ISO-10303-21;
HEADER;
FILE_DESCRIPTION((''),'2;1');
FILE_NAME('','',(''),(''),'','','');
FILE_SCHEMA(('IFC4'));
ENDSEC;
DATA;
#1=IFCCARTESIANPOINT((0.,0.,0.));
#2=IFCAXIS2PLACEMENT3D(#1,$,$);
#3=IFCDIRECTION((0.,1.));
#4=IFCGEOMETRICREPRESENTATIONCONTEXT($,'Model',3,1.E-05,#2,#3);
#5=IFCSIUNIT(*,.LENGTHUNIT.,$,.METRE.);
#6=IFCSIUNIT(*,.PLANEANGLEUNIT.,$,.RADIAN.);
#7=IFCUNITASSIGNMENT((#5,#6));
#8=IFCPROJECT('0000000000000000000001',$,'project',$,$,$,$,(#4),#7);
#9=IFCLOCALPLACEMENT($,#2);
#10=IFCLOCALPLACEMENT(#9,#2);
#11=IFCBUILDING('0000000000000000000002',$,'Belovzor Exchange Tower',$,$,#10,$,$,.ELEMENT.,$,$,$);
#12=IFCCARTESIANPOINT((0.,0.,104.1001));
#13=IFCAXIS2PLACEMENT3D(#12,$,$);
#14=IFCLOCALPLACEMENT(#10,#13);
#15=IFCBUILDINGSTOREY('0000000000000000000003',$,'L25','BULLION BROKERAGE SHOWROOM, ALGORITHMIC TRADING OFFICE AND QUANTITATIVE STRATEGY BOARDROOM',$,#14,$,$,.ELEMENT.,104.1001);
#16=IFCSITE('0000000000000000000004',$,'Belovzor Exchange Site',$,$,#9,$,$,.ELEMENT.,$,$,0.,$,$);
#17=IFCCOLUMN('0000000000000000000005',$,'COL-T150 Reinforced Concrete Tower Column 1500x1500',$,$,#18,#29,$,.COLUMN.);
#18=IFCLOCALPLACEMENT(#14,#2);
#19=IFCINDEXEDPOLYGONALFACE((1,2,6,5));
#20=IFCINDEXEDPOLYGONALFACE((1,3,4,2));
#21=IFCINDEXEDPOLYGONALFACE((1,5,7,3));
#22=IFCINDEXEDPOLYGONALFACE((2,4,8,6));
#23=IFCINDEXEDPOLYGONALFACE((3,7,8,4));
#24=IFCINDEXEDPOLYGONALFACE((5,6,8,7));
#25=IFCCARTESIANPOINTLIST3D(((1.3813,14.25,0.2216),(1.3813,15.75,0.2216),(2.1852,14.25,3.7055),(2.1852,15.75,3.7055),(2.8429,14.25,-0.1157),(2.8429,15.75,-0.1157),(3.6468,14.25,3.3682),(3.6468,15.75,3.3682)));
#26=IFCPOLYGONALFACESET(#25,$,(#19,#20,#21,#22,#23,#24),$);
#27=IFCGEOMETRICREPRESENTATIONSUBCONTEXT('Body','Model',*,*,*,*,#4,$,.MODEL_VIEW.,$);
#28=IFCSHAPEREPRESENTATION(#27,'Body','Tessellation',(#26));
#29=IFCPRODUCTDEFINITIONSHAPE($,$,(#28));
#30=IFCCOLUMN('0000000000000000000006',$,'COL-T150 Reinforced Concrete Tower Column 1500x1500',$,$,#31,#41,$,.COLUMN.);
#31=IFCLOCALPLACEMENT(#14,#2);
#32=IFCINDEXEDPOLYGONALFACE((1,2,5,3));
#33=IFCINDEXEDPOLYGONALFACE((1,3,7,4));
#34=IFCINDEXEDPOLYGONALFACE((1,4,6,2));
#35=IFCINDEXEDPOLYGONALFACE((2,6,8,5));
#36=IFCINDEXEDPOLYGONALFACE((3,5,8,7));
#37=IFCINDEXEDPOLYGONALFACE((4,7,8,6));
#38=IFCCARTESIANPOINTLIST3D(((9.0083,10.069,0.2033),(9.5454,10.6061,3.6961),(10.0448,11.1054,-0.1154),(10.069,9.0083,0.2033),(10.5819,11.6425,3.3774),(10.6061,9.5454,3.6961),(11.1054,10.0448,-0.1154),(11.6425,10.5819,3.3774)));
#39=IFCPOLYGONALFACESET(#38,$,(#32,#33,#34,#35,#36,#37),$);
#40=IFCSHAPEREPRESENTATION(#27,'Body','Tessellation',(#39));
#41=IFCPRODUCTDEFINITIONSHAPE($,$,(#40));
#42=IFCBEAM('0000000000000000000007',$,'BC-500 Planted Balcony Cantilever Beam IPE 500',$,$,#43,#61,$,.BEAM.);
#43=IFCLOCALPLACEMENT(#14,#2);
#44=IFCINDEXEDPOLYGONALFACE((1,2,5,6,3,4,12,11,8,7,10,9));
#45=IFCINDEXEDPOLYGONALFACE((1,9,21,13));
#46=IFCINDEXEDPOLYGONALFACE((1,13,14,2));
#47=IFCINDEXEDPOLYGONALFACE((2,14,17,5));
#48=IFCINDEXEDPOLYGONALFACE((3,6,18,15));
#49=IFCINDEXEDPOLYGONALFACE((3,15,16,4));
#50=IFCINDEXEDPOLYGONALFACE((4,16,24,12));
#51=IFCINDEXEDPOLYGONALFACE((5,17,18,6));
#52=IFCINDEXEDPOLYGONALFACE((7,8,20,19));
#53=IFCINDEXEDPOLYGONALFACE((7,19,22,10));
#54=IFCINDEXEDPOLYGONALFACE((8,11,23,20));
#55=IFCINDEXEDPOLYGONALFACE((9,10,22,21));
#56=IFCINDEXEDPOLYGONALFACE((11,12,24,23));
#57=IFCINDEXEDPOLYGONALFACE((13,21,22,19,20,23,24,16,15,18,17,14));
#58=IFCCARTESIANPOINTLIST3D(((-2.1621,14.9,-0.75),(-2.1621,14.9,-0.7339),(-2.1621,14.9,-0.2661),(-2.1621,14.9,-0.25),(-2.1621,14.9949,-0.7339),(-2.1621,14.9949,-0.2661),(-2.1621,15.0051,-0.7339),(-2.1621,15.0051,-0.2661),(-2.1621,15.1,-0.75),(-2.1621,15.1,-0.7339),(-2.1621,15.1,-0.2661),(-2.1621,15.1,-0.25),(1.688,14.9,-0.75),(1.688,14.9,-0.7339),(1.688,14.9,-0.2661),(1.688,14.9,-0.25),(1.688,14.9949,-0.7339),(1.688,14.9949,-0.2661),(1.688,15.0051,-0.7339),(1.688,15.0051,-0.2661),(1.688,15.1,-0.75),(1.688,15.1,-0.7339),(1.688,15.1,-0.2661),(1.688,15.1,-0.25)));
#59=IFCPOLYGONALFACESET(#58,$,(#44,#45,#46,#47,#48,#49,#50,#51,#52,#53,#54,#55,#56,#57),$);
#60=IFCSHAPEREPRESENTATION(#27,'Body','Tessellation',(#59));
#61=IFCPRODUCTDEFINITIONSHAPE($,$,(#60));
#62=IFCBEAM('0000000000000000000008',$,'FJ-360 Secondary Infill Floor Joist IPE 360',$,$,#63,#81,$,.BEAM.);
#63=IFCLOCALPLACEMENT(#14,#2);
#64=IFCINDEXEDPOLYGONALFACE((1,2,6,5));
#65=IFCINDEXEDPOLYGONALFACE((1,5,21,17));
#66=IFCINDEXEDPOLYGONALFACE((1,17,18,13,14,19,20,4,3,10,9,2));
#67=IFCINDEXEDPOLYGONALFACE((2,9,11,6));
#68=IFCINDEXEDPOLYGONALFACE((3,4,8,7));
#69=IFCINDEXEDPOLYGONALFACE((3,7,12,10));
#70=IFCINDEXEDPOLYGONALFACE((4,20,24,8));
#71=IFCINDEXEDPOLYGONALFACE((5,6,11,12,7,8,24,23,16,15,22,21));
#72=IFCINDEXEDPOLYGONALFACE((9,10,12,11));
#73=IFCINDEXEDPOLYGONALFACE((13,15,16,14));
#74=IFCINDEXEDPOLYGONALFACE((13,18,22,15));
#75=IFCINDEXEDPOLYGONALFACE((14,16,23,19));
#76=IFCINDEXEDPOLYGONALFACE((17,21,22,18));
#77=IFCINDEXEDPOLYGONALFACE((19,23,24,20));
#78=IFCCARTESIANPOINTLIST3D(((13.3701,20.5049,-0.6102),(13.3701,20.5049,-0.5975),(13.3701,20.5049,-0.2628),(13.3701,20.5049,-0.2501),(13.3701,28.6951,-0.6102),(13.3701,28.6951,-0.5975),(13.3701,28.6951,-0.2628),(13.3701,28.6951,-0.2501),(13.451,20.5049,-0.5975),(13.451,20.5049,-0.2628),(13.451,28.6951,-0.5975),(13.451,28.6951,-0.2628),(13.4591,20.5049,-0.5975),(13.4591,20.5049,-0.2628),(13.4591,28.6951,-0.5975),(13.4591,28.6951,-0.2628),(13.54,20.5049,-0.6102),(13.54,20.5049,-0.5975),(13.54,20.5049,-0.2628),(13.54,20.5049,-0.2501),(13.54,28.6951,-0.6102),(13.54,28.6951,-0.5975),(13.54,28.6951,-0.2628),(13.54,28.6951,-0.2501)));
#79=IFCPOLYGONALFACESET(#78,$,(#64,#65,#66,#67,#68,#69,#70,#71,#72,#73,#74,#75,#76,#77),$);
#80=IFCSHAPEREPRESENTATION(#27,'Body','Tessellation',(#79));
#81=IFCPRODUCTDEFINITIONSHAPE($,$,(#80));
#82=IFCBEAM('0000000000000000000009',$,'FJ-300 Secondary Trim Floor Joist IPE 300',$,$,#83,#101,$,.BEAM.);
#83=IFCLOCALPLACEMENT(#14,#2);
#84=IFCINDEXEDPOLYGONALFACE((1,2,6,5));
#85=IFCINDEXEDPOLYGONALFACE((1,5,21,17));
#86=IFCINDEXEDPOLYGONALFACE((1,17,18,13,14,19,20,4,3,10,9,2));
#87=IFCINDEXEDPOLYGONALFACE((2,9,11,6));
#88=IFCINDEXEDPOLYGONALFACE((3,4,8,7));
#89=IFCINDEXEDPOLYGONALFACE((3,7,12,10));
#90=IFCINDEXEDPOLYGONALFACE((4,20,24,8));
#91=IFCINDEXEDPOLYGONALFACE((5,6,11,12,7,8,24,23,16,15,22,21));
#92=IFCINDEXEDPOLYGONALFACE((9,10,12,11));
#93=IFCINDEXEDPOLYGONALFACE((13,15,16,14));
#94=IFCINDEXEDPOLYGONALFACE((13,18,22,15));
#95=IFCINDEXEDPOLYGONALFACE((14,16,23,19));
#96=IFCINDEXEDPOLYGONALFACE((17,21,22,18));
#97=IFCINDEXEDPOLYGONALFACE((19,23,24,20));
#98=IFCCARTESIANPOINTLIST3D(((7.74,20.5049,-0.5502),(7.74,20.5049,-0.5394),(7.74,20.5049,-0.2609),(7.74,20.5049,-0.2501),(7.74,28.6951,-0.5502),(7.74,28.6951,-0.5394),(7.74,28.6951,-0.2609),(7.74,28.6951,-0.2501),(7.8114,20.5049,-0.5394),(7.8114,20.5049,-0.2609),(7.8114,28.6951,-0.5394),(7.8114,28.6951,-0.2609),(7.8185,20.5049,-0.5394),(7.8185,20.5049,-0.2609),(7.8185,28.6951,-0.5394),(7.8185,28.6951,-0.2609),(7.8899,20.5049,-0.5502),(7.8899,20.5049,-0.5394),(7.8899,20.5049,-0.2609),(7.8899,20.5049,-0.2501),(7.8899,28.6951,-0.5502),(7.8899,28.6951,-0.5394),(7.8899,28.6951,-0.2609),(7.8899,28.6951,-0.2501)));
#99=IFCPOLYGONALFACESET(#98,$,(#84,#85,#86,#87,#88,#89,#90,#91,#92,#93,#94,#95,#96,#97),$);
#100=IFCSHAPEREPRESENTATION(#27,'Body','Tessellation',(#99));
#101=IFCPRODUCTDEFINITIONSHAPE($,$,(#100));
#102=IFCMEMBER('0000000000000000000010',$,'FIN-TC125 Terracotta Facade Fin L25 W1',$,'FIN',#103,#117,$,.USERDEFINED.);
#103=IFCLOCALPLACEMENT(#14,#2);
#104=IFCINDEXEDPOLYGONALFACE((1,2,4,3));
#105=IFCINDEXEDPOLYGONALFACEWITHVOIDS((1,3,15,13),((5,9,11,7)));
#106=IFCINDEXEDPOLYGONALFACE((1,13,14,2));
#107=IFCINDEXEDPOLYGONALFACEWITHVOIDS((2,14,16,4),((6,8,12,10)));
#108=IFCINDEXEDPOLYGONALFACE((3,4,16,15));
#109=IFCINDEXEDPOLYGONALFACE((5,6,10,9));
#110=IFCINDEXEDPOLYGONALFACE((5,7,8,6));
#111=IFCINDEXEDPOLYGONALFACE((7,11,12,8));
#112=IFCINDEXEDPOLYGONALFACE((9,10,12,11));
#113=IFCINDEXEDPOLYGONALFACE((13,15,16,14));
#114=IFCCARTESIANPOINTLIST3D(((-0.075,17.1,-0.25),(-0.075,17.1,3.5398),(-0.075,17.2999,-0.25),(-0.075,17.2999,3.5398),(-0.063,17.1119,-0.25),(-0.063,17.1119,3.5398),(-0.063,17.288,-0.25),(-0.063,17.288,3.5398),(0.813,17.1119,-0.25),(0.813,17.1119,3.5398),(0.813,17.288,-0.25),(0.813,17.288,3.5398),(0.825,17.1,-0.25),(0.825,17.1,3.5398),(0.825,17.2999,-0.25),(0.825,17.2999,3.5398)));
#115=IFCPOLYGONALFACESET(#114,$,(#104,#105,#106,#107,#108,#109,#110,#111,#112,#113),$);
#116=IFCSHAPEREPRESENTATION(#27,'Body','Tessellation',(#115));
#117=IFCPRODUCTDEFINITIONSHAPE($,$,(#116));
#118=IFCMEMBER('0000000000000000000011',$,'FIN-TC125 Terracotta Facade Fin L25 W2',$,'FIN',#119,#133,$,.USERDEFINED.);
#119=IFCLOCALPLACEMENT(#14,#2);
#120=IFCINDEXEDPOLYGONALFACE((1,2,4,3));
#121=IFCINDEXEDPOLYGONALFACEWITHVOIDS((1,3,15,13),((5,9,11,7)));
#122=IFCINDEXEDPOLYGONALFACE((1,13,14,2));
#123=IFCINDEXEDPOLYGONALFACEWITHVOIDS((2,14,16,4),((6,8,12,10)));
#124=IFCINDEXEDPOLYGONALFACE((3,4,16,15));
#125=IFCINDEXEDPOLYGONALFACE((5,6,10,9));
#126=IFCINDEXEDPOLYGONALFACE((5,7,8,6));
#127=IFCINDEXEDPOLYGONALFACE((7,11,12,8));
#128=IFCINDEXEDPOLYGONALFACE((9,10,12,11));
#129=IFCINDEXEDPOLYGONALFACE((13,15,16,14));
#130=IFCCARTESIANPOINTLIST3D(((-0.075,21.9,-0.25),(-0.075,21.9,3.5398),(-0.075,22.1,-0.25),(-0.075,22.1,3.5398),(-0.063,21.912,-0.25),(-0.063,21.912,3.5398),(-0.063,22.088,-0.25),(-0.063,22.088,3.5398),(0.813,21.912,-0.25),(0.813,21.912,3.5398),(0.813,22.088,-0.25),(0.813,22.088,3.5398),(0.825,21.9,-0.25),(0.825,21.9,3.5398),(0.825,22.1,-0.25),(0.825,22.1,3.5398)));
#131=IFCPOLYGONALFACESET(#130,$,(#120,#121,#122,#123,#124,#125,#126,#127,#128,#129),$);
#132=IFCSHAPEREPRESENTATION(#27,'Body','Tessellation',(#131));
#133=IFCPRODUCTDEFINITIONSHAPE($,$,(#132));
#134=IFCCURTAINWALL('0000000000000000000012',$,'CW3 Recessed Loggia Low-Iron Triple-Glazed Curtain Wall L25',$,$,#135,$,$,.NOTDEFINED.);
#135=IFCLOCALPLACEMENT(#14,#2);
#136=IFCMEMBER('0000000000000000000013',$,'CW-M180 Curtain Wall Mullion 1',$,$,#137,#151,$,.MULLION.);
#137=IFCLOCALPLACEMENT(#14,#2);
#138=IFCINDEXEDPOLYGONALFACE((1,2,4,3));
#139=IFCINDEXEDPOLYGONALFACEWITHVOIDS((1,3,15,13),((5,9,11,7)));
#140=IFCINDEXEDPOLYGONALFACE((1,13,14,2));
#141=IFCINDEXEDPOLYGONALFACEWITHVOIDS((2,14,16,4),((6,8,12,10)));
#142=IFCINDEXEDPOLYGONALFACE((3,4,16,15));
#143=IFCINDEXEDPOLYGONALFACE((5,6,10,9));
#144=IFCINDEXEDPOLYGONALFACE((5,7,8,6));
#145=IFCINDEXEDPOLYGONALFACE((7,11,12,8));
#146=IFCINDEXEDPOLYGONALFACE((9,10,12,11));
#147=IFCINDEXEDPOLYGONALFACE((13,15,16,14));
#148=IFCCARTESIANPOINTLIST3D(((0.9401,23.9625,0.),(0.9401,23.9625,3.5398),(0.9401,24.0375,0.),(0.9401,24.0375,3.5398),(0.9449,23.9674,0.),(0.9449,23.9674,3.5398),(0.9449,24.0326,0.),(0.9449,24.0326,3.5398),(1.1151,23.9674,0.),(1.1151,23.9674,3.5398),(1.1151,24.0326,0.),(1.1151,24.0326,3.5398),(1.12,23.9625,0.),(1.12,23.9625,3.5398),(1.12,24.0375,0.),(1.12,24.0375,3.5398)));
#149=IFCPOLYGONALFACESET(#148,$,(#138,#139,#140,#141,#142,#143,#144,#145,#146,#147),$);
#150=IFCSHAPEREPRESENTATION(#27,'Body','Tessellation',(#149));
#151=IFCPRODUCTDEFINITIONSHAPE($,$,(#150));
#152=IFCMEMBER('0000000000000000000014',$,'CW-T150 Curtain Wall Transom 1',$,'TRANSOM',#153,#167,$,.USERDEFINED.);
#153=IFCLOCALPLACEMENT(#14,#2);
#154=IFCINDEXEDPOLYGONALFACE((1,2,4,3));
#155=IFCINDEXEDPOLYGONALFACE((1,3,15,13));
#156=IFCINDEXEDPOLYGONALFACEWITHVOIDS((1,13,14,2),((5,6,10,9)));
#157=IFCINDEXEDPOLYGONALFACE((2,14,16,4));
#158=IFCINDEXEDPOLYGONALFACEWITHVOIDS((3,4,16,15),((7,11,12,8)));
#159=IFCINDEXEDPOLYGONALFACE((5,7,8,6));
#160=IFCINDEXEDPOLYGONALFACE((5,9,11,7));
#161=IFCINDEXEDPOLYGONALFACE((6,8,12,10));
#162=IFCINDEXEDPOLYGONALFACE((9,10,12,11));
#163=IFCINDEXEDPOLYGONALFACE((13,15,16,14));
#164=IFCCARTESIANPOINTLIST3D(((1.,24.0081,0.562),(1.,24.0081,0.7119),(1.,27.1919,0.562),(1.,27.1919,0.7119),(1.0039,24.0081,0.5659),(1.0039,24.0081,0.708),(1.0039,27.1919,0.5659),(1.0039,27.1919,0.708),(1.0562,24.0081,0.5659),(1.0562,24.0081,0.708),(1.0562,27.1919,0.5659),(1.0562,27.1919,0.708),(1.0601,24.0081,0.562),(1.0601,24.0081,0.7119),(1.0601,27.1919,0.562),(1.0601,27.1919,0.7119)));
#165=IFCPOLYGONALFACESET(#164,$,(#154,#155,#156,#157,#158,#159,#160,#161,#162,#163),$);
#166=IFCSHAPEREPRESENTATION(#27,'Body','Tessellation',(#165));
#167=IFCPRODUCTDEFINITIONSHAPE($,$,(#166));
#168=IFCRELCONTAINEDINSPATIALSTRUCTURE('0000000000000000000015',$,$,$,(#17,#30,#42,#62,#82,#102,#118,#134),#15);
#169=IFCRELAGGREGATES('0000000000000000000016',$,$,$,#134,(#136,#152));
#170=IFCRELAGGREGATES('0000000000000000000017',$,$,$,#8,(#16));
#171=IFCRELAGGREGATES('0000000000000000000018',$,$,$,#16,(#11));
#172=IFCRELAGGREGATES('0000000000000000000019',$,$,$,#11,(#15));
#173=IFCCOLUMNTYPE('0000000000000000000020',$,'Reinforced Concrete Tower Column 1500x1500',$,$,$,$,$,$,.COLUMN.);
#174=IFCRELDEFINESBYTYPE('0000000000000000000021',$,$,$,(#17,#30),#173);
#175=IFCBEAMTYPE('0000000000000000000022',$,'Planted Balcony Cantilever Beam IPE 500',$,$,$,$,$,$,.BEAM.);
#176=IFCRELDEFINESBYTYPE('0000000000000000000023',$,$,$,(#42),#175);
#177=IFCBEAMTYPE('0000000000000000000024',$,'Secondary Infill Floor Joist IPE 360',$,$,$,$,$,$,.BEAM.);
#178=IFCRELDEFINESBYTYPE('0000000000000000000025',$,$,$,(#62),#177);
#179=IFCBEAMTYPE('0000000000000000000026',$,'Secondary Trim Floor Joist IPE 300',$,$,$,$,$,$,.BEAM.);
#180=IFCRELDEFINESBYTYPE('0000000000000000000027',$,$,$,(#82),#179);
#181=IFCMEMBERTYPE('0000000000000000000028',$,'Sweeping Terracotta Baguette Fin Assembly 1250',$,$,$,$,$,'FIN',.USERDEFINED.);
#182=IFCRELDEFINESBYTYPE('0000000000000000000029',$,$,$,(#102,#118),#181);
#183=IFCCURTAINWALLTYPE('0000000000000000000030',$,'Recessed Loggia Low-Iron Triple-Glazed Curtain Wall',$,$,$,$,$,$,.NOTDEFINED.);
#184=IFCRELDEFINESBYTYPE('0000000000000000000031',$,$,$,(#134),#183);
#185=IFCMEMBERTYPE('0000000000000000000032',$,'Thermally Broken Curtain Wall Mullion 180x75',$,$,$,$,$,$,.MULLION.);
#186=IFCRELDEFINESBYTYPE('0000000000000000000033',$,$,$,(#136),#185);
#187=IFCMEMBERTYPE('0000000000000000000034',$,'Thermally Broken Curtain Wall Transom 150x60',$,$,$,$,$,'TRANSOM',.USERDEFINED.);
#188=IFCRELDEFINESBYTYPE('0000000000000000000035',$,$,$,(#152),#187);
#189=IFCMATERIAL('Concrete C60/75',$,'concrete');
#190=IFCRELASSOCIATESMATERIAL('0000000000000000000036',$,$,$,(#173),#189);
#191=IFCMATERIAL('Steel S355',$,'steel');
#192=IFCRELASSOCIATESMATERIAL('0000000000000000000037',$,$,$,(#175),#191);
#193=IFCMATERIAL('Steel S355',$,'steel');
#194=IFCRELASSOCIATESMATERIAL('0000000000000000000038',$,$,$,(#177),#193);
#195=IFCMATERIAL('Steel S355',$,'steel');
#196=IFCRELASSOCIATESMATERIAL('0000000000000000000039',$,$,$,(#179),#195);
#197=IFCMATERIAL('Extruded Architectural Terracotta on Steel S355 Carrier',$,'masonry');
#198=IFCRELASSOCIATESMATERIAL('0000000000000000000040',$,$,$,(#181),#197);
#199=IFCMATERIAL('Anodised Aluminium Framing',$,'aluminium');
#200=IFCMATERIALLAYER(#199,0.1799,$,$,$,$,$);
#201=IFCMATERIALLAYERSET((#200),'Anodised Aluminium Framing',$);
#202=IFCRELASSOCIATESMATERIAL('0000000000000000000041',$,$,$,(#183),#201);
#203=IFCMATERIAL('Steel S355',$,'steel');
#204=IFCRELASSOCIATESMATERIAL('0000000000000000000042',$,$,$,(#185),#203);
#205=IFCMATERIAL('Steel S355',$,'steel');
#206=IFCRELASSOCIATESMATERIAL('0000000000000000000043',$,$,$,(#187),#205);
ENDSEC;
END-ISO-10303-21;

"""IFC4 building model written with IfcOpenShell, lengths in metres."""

from ifc_helpers import new_model, si_unit, direction, frame, origin, origin_2d, place, context, subcontext, project, spatial, rectangle, hollow_rectangle, i_section, extrude, material, layer, layer_set, material_profile, profile_set, type_object, element, aggregate, save


model = new_model("IFC4")

# Units and contexts
model_context = context("Model", 3, precision=1e-05, world=origin(), true_north=direction((0.0, 1.0)))
body_context = subcontext(model_context, "Body", "Model", "MODEL_VIEW")
ifc_project = project(units=[si_unit("LENGTHUNIT", "METRE"), si_unit("PLANEANGLEUNIT", "RADIAN")], contexts=[model_context])

# Site, building, storey
site_placement = place(None, origin())
site = spatial("IfcSite", under=ifc_project, at=site_placement, Name="Belovzor Exchange Site", CompositionType="ELEMENT", RefElevation=0.0)
building_placement = place(site_placement, origin())
building = spatial("IfcBuilding", under=site, at=building_placement, Name="Belovzor Exchange Tower", CompositionType="ELEMENT")
storey_placement = place(building_placement, frame((0.0, 0.0, 104.1001)))
storey = spatial("IfcBuildingStorey", under=building, at=storey_placement, Name="L25", Description="BULLION BROKERAGE SHOWROOM, ALGORITHMIC TRADING OFFICE AND QUANTITATIVE STRATEGY BOARDROOM", CompositionType="ELEMENT", Elevation=104.1001)

# Columns
ifc_material_1 = material(Name="Concrete C60/75", Category="concrete")
ifc_material_profile_1 = material_profile(ifc_material_1, rectangle(XDim=1.5, YDim=1.5, at=origin_2d()))
ifc_profile_set_1 = profile_set([ifc_material_profile_1], Name="Concrete C60/75")
column_type = type_object("IfcColumnType", Name="Reinforced Concrete Tower Column 1500x1500", PredefinedType="COLUMN", material=ifc_profile_set_1)
column_1_placement = place(storey_placement, frame((2.1121, 15.0, 0.053), z_axis=(0.224855, 0.0, 0.974392), x_axis=(0.0, 1.0, 0.0)))
element("IfcColumn", 1, at=column_1_placement, inside=storey, type_object=column_type, Name="COL-T150 Reinforced Concrete Tower Column 1500x1500", PredefinedType="COLUMN", context=body_context, shape_type="SweptSolid", body=[
    extrude(rectangle(XDim=1.5, YDim=1.5, at=origin_2d()), origin(), (0.0, 0.0, 1.0), 3.5754),
])
column_2_placement = place(storey_placement, frame((10.0569, 10.0569, 0.0439), z_axis=(0.150259, 0.150259, 0.977161), x_axis=(-0.707107, 0.707107, 0.0)))
element("IfcColumn", 2, at=column_2_placement, inside=storey, type_object=column_type, Name="COL-T150 Reinforced Concrete Tower Column 1500x1500", PredefinedType="COLUMN", context=body_context, shape_type="SweptSolid", body=[
    extrude(rectangle(XDim=1.5, YDim=1.5, at=origin_2d()), origin(), (0.0, 0.0, 1.0), 3.5745),
])

# Beams
ifc_material_2 = material(Name="Steel S355", Category="steel")
ifc_material_profile_2 = material_profile(ifc_material_2, i_section(OverallWidth=0.2, OverallDepth=0.5, WebThickness=0.0103, FlangeThickness=0.0161, at=origin_2d()))
ifc_profile_set_2 = profile_set([ifc_material_profile_2], Name="Steel S355")
beam_type_1 = type_object("IfcBeamType", Name="Planted Balcony Cantilever Beam IPE 500", PredefinedType="BEAM", material=ifc_profile_set_2)
beam_1_placement = place(storey_placement, frame((1.688, 15.0, -0.5), z_axis=(-1.0, 0.0, 0.0), x_axis=(0.0, -1.0, 0.0)))
element("IfcBeam", 3, at=beam_1_placement, inside=storey, type_object=beam_type_1, Name="BC-500 Planted Balcony Cantilever Beam IPE 500", PredefinedType="BEAM", context=body_context, shape_type="SweptSolid", body=[
    extrude(i_section(OverallWidth=0.2, OverallDepth=0.5, WebThickness=0.0103, FlangeThickness=0.0161, at=origin_2d()), origin(), (0.0, 0.0, 1.0), 3.8501),
])
ifc_material_3 = material(Name="Steel S355", Category="steel")
ifc_material_profile_3 = material_profile(ifc_material_3, i_section(OverallWidth=0.1699, OverallDepth=0.3601, WebThickness=0.0081, FlangeThickness=0.0127, at=origin_2d()))
ifc_profile_set_3 = profile_set([ifc_material_profile_3], Name="Steel S355")
beam_type_2 = type_object("IfcBeamType", Name="Secondary Infill Floor Joist IPE 360", PredefinedType="BEAM", material=ifc_profile_set_3)
beam_2_placement = place(storey_placement, frame((13.4551, 20.5049, -0.4302), z_axis=(0.0, 1.0, 0.0), x_axis=(-1.0, 0.0, 0.0)))
element("IfcBeam", 4, at=beam_2_placement, inside=storey, type_object=beam_type_2, Name="FJ-360 Secondary Infill Floor Joist IPE 360", PredefinedType="BEAM", context=body_context, shape_type="SweptSolid", body=[
    extrude(i_section(OverallWidth=0.1699, OverallDepth=0.3601, WebThickness=0.0081, FlangeThickness=0.0127, at=origin_2d()), origin(), (0.0, 0.0, 1.0), 8.1902),
])
ifc_material_4 = material(Name="Steel S355", Category="steel")
ifc_material_profile_4 = material_profile(ifc_material_4, i_section(OverallWidth=0.1499, OverallDepth=0.3, WebThickness=0.0071, FlangeThickness=0.0107, at=origin_2d()))
ifc_profile_set_4 = profile_set([ifc_material_profile_4], Name="Steel S355")
beam_type_3 = type_object("IfcBeamType", Name="Secondary Trim Floor Joist IPE 300", PredefinedType="BEAM", material=ifc_profile_set_4)
beam_3_placement = place(storey_placement, frame((7.8149, 20.5049, -0.4001), z_axis=(0.0, 1.0, 0.0), x_axis=(-1.0, 0.0, 0.0)))
element("IfcBeam", 5, at=beam_3_placement, inside=storey, type_object=beam_type_3, Name="FJ-300 Secondary Trim Floor Joist IPE 300", PredefinedType="BEAM", context=body_context, shape_type="SweptSolid", body=[
    extrude(i_section(OverallWidth=0.1499, OverallDepth=0.3, WebThickness=0.0071, FlangeThickness=0.0107, at=origin_2d()), origin(), (0.0, 0.0, 1.0), 8.1902),
])

# Members
ifc_material_5 = material(Name="Extruded Architectural Terracotta on Steel S355 Carrier", Category="masonry")
ifc_material_profile_5 = material_profile(ifc_material_5, hollow_rectangle(XDim=0.2, YDim=0.8999, WallThickness=0.012, at=origin_2d()))
ifc_profile_set_5 = profile_set([ifc_material_profile_5], Name="Extruded Architectural Terracotta on Steel S355 Carrier")
member_type_1 = type_object("IfcMemberType", Name="Sweeping Terracotta Baguette Fin Assembly 1250", ElementType="FIN", PredefinedType="USERDEFINED", material=ifc_profile_set_5)
for number, where, z_axis, x_axis, name in (
    (6, (0.375, 17.2, -0.25), (0.0, 0.0, 1.0), (0.0, 1.0, 0.0), "FIN-TC125 Terracotta Facade Fin L25 W1"),
    (7, (0.375, 22.0, -0.25), (0.0, 0.0, 1.0), (0.0, 1.0, 0.0), "FIN-TC125 Terracotta Facade Fin L25 W2"),
):
    element("IfcMember", number, at=place(storey_placement, frame(where, z_axis=z_axis, x_axis=x_axis)), inside=storey, type_object=member_type_1, Name=name, ObjectType="FIN", PredefinedType="USERDEFINED", context=body_context, shape_type="SweptSolid", body=[
        extrude(hollow_rectangle(XDim=0.2, YDim=0.8999, WallThickness=0.012, at=origin_2d()), origin(), (0.0, 0.0, 1.0), 3.7898),
    ])

# Curtain wall, members
ifc_material_6 = material(Name="Anodised Aluminium Framing", Category="aluminium")
ifc_layer_1 = layer(ifc_material_6, 0.1799)
ifc_layer_set_1 = layer_set([ifc_layer_1], Name="Anodised Aluminium Framing")
curtain_wall_type = type_object("IfcCurtainWallType", Name="Recessed Loggia Low-Iron Triple-Glazed Curtain Wall", PredefinedType="NOTDEFINED", material=ifc_layer_set_1)
curtain_wall_placement = place(storey_placement, origin())
curtain_wall = element("IfcCurtainWall", 8, at=curtain_wall_placement, inside=storey, type_object=curtain_wall_type, Name="CW3 Recessed Loggia Low-Iron Triple-Glazed Curtain Wall L25", PredefinedType="NOTDEFINED")
ifc_material_7 = material(Name="Steel S355", Category="steel")
ifc_material_profile_6 = material_profile(ifc_material_7, hollow_rectangle(XDim=0.075, YDim=0.1799, WallThickness=0.0049, at=origin_2d()))
ifc_profile_set_6 = profile_set([ifc_material_profile_6], Name="Steel S355")
member_type_2 = type_object("IfcMemberType", Name="Thermally Broken Curtain Wall Mullion 180x75", PredefinedType="MULLION", material=ifc_profile_set_6)
member_1_placement = place(storey_placement, frame((1.03, 24.0, 0.0), z_axis=(0.0, 0.0, 1.0), x_axis=(0.0, 1.0, 0.0)))
member_1 = element("IfcMember", 9, at=member_1_placement, type_object=member_type_2, Name="CW-M180 Curtain Wall Mullion 1", PredefinedType="MULLION", context=body_context, shape_type="SweptSolid", body=[
    extrude(hollow_rectangle(XDim=0.075, YDim=0.1799, WallThickness=0.0049, at=origin_2d()), origin(), (0.0, 0.0, 1.0), 3.5398),
])
ifc_material_8 = material(Name="Steel S355", Category="steel")
ifc_material_profile_7 = material_profile(ifc_material_8, hollow_rectangle(XDim=0.0601, YDim=0.1499, WallThickness=0.0039, at=origin_2d()))
ifc_profile_set_7 = profile_set([ifc_material_profile_7], Name="Steel S355")
member_type_3 = type_object("IfcMemberType", Name="Thermally Broken Curtain Wall Transom 150x60", ElementType="TRANSOM", PredefinedType="USERDEFINED", material=ifc_profile_set_7)
member_2_placement = place(storey_placement, frame((1.03, 24.0081, 0.637), z_axis=(0.0, 1.0, 0.0), x_axis=(-1.0, 0.0, 0.0)))
member_2 = element("IfcMember", 10, at=member_2_placement, type_object=member_type_3, Name="CW-T150 Curtain Wall Transom 1", ObjectType="TRANSOM", PredefinedType="USERDEFINED", context=body_context, shape_type="SweptSolid", body=[
    extrude(hollow_rectangle(XDim=0.0601, YDim=0.1499, WallThickness=0.0039, at=origin_2d()), origin(), (0.0, 0.0, 1.0), 3.1838),
])

aggregate(curtain_wall, [member_1, member_2])

save(model, "model.ifc")
